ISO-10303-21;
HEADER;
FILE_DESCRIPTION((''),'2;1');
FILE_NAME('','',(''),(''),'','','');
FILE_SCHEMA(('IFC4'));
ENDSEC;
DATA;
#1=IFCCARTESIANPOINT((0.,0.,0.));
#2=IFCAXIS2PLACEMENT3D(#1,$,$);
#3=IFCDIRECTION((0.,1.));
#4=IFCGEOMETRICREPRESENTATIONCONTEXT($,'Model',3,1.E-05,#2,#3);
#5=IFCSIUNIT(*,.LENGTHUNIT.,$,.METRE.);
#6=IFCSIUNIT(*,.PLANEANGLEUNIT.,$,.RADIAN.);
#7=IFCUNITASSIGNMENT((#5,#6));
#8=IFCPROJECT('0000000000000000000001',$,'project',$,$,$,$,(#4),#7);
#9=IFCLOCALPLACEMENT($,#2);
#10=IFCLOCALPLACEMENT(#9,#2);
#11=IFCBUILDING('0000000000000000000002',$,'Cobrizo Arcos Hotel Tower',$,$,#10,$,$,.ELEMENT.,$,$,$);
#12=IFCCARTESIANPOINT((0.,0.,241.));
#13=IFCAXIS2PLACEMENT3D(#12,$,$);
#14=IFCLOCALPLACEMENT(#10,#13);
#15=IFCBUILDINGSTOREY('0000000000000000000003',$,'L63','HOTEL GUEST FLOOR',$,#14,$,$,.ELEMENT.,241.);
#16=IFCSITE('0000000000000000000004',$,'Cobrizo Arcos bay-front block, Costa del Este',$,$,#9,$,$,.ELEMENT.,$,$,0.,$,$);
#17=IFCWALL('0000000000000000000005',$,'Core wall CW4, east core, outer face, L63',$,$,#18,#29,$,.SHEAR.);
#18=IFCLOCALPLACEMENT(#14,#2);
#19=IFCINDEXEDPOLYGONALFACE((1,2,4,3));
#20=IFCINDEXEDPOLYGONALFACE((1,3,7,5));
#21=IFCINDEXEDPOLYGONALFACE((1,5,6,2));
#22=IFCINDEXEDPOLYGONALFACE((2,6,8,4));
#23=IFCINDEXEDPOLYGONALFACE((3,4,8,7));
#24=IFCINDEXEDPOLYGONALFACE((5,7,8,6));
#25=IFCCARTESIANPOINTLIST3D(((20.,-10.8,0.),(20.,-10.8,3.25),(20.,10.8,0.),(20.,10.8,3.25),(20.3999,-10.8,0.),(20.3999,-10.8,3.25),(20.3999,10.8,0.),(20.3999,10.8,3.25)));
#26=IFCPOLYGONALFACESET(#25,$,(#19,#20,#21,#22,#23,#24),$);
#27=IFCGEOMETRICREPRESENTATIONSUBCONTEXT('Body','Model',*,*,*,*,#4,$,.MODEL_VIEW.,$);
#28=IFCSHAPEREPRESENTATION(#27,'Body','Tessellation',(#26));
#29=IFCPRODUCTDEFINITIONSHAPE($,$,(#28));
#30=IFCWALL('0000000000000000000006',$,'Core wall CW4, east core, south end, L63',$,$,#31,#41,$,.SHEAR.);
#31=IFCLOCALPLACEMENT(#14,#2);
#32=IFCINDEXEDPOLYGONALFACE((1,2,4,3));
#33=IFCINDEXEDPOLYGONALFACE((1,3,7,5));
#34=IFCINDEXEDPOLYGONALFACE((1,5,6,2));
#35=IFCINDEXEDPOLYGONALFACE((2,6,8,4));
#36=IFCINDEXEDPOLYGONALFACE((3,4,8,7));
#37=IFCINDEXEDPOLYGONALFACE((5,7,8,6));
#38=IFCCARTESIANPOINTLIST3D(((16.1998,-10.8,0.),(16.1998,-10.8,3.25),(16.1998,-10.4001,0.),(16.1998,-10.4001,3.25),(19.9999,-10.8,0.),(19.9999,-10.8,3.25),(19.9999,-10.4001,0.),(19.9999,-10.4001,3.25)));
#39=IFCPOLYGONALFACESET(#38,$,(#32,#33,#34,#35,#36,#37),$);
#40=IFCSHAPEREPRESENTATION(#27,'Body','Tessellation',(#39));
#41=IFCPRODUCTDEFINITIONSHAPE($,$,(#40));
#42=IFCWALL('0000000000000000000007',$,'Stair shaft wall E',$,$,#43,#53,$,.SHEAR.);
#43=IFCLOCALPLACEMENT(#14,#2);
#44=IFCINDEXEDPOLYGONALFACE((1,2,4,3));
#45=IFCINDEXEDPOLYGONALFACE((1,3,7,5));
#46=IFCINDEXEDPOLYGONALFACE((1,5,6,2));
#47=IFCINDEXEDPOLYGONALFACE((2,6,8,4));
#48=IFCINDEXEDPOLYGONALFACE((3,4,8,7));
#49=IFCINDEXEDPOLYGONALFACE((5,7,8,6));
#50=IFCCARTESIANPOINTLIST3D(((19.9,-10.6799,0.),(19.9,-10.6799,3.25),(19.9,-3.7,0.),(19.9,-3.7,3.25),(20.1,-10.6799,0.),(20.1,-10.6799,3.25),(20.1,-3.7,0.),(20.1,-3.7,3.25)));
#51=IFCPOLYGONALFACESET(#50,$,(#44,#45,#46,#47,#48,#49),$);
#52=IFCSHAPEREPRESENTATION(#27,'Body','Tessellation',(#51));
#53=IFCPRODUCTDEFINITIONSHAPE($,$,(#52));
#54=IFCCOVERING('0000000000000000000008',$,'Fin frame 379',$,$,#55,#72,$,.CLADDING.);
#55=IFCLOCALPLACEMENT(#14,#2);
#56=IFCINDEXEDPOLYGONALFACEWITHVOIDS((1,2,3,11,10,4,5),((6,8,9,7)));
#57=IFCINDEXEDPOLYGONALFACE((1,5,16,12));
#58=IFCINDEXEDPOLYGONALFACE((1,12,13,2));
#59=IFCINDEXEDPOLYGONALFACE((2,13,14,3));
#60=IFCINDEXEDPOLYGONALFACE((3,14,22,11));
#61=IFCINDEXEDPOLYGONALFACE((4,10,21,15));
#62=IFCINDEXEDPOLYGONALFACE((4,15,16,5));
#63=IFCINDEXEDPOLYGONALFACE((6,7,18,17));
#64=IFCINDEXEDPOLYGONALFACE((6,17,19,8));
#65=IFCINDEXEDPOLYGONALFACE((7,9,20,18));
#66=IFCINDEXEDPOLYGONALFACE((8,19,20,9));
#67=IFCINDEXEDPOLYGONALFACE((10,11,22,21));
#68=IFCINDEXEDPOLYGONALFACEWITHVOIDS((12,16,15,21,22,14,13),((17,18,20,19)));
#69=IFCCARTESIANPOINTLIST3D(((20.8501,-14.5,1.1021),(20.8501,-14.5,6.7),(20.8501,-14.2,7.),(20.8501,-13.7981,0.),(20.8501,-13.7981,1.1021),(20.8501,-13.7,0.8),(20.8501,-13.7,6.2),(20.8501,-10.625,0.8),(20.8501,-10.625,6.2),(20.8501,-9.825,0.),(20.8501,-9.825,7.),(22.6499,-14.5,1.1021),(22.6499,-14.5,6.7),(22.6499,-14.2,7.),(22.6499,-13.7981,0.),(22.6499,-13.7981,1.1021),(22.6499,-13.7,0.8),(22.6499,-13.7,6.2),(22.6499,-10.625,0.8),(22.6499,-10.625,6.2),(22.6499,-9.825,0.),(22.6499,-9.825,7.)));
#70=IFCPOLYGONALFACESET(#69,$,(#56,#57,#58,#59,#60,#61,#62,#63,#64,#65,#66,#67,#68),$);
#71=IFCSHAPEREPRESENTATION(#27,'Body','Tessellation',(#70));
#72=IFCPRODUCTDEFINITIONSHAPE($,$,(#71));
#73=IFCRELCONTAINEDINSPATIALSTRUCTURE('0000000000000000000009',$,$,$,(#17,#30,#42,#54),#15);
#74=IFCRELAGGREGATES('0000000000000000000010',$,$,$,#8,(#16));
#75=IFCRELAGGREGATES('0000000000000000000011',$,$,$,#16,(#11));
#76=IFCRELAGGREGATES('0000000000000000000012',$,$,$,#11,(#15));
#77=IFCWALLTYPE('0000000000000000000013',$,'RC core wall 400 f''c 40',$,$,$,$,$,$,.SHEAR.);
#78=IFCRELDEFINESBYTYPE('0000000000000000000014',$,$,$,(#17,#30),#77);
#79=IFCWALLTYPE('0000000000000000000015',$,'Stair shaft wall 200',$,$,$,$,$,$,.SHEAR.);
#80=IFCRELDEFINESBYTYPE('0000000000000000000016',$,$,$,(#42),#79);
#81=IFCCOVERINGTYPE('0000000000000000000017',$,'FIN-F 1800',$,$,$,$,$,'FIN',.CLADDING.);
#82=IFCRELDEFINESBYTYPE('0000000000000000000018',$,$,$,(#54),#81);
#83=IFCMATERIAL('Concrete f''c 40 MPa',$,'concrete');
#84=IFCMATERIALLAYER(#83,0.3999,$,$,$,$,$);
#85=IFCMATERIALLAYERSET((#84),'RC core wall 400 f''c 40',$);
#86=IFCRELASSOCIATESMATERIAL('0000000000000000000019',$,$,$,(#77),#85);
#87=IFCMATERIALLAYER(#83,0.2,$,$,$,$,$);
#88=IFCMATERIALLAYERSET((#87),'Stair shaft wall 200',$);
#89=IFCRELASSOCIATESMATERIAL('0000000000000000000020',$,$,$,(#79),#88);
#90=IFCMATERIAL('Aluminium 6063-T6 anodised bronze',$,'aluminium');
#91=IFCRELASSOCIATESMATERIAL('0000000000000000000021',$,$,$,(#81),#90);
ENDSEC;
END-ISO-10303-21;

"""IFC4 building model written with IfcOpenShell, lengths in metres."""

from ifc_helpers import new_model, si_unit, direction, frame, frame_2d, origin, place, context, subcontext, project, spatial, polyline, rectangle, outline, extrude, material, layer, layer_set, type_object, element, save


model = new_model("IFC4")

# Units and contexts
model_context = context("Model", 3, precision=1e-05, world=origin(), true_north=direction((0.0, 1.0)))
body_context = subcontext(model_context, "Body", "Model", "MODEL_VIEW")
ifc_project = project(units=[si_unit("LENGTHUNIT", "METRE"), si_unit("PLANEANGLEUNIT", "RADIAN")], contexts=[model_context])

# Site, building, storey
site_placement = place(None, origin())
site = spatial("IfcSite", under=ifc_project, at=site_placement, Name="Cobrizo Arcos bay-front block, Costa del Este", CompositionType="ELEMENT", RefElevation=0.0)
building_placement = place(site_placement, origin())
building = spatial("IfcBuilding", under=site, at=building_placement, Name="Cobrizo Arcos Hotel Tower", CompositionType="ELEMENT")
storey_placement = place(building_placement, frame((0.0, 0.0, 241.0)))
storey = spatial("IfcBuildingStorey", under=building, at=storey_placement, Name="L63", Description="HOTEL GUEST FLOOR", CompositionType="ELEMENT", Elevation=241.0)

# Shared definitions
ifc_material_1 = material(Name="Aluminium 6063-T6 anodised bronze", Category="aluminium")

# Shared definitions
ifc_material_2 = material(Name="Concrete f'c 40 MPa", Category="concrete")
ifc_layer_1 = layer(ifc_material_2, 0.3999)
ifc_layer_set_1 = layer_set([ifc_layer_1], Name="RC core wall 400 f'c 40")
wall_type_1 = type_object("IfcWallType", Name="RC core wall 400 f'c 40", PredefinedType="SHEAR", material=ifc_layer_set_1)

# Walls
wall_1_placement = place(storey_placement, frame((20.2, -10.8, 0.0), z_axis=(0.0, 0.0, 1.0), x_axis=(0.0, 1.0, 0.0)))
element("IfcWall", 1, at=wall_1_placement, inside=storey, type_object=wall_type_1, Name="Core wall CW4, east core, outer face, L63", PredefinedType="SHEAR", context=body_context, shape_type="SweptSolid", body=[
    extrude(rectangle(XDim=21.6001, YDim=0.3999, at=frame_2d((10.8, 0.0))), origin(), (0.0, 0.0, 1.0), 3.25),
])
wall_2_placement = place(storey_placement, frame((16.2, -10.6001, 0.0), z_axis=(0.0, 0.0, 1.0), x_axis=(1.0, 0.0, 0.0)))
element("IfcWall", 2, at=wall_2_placement, inside=storey, type_object=wall_type_1, Name="Core wall CW4, east core, south end, L63", PredefinedType="SHEAR", context=body_context, shape_type="SweptSolid", body=[
    extrude(rectangle(XDim=3.8, YDim=0.3999, at=frame_2d((1.8999, 0.0))), origin(), (0.0, 0.0, 1.0), 3.25),
])
ifc_layer_2 = layer(ifc_material_2, 0.2)
ifc_layer_set_2 = layer_set([ifc_layer_2], Name="Stair shaft wall 200")
wall_type_2 = type_object("IfcWallType", Name="Stair shaft wall 200", PredefinedType="SHEAR", material=ifc_layer_set_2)
wall_3_placement = place(storey_placement, frame((20.0, -10.6799, 0.0), z_axis=(0.0, 0.0, 1.0), x_axis=(0.0, 1.0, 0.0)))
element("IfcWall", 3, at=wall_3_placement, inside=storey, type_object=wall_type_2, Name="Stair shaft wall E", PredefinedType="SHEAR", context=body_context, shape_type="SweptSolid", body=[
    extrude(rectangle(XDim=6.98, YDim=0.2, at=frame_2d((3.49, 0.0))), origin(), (0.0, 0.0, 1.0), 3.25),
])

# Covering
covering_type = type_object("IfcCoveringType", Name="FIN-F 1800", ElementType="FIN", PredefinedType="CLADDING", material=ifc_material_1)
covering_placement = place(storey_placement, frame((20.8501, -14.5, 0.0), z_axis=(1.0, 0.0, 0.0), x_axis=(0.0, 1.0, 0.0)))
element("IfcCovering", 4, at=covering_placement, inside=storey, type_object=covering_type, Name="Fin frame 379", PredefinedType="CLADDING", context=body_context, shape_type="SweptSolid", body=[
    extrude(outline(polyline([(0.0, 6.7), (0.0, 1.1021), (0.7019, 1.1021), (0.7019, 0.0), (4.675, 0.0), (4.675, 7.0), (0.3, 7.0), (0.0, 6.7)]), holes=[polyline([(3.875, 0.8), (0.8, 0.8), (0.8, 6.2), (3.875, 6.2), (3.875, 0.8)])]), origin(), (0.0, 0.0, 1.0), 1.7998),
])

save(model, "model.ifc")
